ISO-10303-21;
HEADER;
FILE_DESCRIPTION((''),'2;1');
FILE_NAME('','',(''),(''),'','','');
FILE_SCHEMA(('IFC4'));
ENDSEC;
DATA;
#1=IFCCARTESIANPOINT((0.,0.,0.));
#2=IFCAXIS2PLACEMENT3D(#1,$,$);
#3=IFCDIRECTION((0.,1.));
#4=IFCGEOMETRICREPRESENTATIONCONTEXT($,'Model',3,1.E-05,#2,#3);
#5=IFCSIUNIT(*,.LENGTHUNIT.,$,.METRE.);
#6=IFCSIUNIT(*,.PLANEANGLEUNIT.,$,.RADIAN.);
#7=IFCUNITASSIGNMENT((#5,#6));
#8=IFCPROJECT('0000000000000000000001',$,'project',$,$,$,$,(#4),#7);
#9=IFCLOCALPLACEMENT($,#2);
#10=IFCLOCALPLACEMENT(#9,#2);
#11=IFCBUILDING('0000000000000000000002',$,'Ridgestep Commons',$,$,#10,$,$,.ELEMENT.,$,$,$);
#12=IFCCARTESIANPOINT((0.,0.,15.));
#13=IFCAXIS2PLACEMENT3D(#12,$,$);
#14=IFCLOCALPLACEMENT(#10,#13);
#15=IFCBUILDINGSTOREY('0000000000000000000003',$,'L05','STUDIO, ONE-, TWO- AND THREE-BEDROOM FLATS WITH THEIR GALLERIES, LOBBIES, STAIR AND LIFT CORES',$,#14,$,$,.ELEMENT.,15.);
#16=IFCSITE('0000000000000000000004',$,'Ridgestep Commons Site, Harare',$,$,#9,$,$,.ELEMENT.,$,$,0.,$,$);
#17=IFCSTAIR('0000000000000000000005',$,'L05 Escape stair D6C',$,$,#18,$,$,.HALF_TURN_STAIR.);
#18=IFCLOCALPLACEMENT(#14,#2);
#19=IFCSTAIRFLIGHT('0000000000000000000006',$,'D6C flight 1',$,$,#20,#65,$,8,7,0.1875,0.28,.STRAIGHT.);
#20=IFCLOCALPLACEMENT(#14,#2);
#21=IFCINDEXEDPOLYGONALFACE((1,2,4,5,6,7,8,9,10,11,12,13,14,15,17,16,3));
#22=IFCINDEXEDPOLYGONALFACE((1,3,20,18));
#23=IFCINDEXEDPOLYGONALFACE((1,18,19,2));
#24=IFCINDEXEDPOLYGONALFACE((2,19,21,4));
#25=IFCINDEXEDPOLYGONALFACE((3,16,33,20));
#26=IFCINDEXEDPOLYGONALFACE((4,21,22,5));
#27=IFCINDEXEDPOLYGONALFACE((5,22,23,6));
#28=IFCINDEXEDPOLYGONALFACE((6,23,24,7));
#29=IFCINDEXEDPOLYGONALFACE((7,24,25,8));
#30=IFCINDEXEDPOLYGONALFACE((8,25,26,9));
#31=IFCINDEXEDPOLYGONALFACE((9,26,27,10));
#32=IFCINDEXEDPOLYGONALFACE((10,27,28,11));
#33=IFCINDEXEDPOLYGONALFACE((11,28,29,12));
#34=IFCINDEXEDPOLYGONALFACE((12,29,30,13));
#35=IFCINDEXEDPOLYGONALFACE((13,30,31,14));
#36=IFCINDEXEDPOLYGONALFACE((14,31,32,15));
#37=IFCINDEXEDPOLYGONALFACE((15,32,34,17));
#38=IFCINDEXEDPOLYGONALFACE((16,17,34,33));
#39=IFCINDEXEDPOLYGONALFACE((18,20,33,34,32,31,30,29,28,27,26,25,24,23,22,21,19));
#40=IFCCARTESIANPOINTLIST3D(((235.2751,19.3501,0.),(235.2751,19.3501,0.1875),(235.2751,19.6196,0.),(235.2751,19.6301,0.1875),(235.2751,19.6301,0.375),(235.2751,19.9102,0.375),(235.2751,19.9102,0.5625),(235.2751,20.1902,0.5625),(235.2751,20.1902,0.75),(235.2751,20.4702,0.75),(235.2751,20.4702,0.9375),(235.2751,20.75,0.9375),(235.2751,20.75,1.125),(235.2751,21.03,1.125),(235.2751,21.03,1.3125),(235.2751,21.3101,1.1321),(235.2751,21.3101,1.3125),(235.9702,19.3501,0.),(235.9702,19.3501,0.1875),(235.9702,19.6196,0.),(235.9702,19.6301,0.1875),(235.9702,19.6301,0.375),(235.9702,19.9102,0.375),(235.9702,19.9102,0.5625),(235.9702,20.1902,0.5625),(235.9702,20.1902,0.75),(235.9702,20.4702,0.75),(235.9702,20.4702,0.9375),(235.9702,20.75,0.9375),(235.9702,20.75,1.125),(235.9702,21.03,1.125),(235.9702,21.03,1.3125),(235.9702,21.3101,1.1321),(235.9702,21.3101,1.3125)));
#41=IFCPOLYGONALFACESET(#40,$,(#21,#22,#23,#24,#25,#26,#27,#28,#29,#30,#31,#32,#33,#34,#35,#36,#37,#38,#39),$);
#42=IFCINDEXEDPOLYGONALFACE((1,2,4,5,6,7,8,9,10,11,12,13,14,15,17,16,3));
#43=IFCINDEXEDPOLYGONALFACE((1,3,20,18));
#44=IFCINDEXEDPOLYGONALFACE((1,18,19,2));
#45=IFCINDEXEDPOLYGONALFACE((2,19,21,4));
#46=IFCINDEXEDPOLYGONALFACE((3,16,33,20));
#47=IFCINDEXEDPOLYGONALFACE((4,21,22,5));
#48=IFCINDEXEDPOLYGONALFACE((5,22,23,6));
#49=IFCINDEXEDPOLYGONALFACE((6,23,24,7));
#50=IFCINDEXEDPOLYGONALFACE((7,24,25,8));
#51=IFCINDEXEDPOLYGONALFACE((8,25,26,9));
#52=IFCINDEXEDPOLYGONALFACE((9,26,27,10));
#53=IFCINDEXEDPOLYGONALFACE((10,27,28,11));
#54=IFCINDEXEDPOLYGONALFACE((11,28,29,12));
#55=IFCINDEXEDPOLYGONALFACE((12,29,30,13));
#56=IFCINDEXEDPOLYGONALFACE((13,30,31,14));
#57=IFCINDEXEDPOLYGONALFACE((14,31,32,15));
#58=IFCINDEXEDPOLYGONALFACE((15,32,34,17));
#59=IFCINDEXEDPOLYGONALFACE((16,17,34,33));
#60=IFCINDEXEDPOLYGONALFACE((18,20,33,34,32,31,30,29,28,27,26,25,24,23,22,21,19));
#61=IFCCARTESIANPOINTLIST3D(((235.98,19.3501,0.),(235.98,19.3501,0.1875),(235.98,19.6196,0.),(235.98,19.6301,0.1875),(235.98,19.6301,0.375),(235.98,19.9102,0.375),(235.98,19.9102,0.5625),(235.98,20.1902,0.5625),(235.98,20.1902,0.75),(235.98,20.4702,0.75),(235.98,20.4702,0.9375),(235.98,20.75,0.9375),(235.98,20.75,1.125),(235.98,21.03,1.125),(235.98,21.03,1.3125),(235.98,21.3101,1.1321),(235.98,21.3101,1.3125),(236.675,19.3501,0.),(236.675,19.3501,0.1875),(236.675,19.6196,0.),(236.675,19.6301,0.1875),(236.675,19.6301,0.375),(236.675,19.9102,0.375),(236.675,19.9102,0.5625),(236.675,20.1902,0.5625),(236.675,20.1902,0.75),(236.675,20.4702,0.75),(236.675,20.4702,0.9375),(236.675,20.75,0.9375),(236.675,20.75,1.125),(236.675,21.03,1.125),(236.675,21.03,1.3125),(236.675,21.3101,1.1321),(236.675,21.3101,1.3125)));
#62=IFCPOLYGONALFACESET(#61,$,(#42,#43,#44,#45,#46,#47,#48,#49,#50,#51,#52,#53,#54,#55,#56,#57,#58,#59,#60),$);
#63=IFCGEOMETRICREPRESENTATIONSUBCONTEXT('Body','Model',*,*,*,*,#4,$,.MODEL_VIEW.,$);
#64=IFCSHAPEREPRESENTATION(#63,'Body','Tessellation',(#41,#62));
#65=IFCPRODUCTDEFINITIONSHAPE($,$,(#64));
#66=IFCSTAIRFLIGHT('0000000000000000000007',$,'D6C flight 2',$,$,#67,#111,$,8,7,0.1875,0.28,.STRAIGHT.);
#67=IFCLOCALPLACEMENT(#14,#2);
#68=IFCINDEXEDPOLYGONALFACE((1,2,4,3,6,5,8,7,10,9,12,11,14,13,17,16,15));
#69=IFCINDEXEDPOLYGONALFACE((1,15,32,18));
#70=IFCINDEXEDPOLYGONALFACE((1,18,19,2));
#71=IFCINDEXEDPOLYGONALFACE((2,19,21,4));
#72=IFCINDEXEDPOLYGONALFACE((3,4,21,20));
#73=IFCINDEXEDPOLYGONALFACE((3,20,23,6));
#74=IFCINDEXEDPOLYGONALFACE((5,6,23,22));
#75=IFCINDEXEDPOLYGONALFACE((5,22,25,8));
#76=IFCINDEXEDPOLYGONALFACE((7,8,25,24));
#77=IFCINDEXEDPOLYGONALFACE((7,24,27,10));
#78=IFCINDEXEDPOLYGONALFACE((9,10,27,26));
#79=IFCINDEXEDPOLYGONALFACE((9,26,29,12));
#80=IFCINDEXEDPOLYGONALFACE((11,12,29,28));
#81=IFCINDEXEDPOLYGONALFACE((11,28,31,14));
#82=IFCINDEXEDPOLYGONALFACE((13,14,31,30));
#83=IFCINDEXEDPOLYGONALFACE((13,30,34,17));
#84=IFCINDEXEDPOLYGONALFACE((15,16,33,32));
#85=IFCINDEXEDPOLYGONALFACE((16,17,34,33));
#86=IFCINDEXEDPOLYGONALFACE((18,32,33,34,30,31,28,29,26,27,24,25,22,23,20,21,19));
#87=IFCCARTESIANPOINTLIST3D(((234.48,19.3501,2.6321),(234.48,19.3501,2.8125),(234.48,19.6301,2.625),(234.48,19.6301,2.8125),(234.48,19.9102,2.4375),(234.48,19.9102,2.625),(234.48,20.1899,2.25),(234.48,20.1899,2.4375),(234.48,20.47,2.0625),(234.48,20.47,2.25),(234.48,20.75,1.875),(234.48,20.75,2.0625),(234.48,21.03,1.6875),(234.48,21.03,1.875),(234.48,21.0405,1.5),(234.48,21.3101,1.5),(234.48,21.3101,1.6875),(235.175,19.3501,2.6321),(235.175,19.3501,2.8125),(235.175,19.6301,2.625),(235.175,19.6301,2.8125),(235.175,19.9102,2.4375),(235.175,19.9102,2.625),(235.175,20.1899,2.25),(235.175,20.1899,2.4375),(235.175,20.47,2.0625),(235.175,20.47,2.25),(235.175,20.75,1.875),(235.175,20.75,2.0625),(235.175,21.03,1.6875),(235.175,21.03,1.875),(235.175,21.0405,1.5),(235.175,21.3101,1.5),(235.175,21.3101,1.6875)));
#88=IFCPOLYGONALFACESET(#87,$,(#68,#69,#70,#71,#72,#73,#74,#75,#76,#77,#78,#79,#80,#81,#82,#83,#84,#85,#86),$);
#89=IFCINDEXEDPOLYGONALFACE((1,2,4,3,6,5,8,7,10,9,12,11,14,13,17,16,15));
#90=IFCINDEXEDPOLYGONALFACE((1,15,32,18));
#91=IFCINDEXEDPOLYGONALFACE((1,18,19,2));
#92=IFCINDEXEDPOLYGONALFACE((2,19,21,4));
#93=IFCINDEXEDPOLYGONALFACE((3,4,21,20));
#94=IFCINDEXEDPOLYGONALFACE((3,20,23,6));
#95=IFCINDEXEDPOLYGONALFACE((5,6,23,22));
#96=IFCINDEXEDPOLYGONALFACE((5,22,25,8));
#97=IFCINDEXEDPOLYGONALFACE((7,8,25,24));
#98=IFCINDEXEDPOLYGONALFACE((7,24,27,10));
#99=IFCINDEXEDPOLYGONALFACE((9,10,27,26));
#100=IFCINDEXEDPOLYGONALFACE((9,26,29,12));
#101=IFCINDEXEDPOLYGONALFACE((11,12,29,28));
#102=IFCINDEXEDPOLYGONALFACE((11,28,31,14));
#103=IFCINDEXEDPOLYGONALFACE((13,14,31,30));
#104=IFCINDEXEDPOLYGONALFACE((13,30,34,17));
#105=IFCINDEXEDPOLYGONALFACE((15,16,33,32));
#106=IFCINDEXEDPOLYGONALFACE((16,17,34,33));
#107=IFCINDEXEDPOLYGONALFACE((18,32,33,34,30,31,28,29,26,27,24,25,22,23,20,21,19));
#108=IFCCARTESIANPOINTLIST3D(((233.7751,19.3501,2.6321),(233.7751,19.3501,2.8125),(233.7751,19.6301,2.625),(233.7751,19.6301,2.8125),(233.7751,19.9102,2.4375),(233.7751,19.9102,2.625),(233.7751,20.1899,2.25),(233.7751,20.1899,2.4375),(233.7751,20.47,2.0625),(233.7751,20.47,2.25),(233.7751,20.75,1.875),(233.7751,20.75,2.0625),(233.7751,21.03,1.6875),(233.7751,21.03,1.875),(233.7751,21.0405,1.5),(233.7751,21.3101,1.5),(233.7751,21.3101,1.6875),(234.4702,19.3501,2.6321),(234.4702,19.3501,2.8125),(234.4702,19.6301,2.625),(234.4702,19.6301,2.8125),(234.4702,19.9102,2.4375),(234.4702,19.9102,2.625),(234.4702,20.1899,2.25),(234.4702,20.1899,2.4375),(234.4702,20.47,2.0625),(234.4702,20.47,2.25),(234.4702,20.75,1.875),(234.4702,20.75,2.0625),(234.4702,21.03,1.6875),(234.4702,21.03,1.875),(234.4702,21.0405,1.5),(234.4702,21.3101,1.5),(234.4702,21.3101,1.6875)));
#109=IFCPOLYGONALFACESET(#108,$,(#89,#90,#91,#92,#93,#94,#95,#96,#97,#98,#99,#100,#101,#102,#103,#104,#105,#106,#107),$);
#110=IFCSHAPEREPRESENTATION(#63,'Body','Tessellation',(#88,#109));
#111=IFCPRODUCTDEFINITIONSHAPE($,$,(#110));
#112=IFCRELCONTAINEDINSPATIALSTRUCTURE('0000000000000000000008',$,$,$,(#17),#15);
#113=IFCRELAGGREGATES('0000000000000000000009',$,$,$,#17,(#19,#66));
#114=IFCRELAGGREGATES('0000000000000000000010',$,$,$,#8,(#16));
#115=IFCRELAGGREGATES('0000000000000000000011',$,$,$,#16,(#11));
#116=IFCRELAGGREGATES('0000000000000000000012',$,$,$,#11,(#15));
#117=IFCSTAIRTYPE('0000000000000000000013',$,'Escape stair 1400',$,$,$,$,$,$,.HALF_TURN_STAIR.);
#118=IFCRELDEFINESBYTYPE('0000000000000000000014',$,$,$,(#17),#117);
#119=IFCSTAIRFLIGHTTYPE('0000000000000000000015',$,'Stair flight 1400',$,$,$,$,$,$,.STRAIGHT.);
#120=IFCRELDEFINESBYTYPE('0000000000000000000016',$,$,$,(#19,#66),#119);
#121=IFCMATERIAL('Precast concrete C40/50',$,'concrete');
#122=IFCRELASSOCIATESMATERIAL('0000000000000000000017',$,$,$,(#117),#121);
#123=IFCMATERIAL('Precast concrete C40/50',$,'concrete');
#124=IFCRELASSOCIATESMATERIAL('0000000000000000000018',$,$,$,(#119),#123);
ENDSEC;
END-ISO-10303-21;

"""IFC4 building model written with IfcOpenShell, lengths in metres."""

from ifc_helpers import new_model, si_unit, direction, frame, origin, place, context, subcontext, project, spatial, polyline, outline, extrude, material, type_object, element, aggregate, save


model = new_model("IFC4")

# Units and contexts
model_context = context("Model", 3, precision=1e-05, world=origin(), true_north=direction((0.0, 1.0)))
body_context = subcontext(model_context, "Body", "Model", "MODEL_VIEW")
ifc_project = project(units=[si_unit("LENGTHUNIT", "METRE"), si_unit("PLANEANGLEUNIT", "RADIAN")], contexts=[model_context])

# Site, building, storey
site_placement = place(None, origin())
site = spatial("IfcSite", under=ifc_project, at=site_placement, Name="Ridgestep Commons Site, Harare", CompositionType="ELEMENT", RefElevation=0.0)
building_placement = place(site_placement, origin())
building = spatial("IfcBuilding", under=site, at=building_placement, Name="Ridgestep Commons", CompositionType="ELEMENT")
storey_placement = place(building_placement, frame((0.0, 0.0, 15.0)))
storey = spatial("IfcBuildingStorey", under=building, at=storey_placement, Name="L05", Description="STUDIO, ONE-, TWO- AND THREE-BEDROOM FLATS WITH THEIR GALLERIES, LOBBIES, STAIR AND LIFT CORES", CompositionType="ELEMENT", Elevation=15.0)

# Stair, stair flights
ifc_material_1 = material(Name="Precast concrete C40/50", Category="concrete")
stair_type = type_object("IfcStairType", Name="Escape stair 1400", PredefinedType="HALF_TURN_STAIR", material=ifc_material_1)
stair_placement = place(storey_placement, origin())
stair = element("IfcStair", 1, at=stair_placement, inside=storey, type_object=stair_type, Name="L05 Escape stair D6C", PredefinedType="HALF_TURN_STAIR")
ifc_material_2 = material(Name="Precast concrete C40/50", Category="concrete")
stair_flight_type = type_object("IfcStairFlightType", Name="Stair flight 1400", PredefinedType="STRAIGHT", material=ifc_material_2)
stair_flight_1_placement = place(storey_placement, frame((235.9751, 19.3501, 0.0), z_axis=(0.0, 0.0, 1.0), x_axis=(0.0, 1.0, 0.0)))
stair_flight_1 = element("IfcStairFlight", 2, at=stair_flight_1_placement, type_object=stair_flight_type, Name="D6C flight 1", NumberOfRisers=8, NumberOfTreads=7, PredefinedType="STRAIGHT", RiserHeight=0.1875, TreadLength=0.28, context=body_context, shape_type="SweptSolid", body=[
    extrude(outline(polyline([(0.0, 0.0), (0.0, 0.1875), (0.28, 0.1875), (0.28, 0.375), (0.5601, 0.375), (0.5601, 0.5625), (0.8401, 0.5625), (0.8401, 0.75), (1.1201, 0.75), (1.1201, 0.9375), (1.3999, 0.9375), (1.3999, 1.125), (1.6799, 1.125), (1.6799, 1.3125), (1.96, 1.3125), (1.96, 1.5), (1.96, 1.1321), (0.2695, 0.0), (0.0, 0.0)])), frame((0.0, 0.7, 0.0), z_axis=(0.0, -1.0, 0.0), x_axis=(1.0, 0.0, 0.0)), (0.0, 0.0, 1.0), 0.6951),
    extrude(outline(polyline([(0.0, 0.0), (0.0, 0.1875), (0.28, 0.1875), (0.28, 0.375), (0.5601, 0.375), (0.5601, 0.5625), (0.8401, 0.5625), (0.8401, 0.75), (1.1201, 0.75), (1.1201, 0.9375), (1.3999, 0.9375), (1.3999, 1.125), (1.6799, 1.125), (1.6799, 1.3125), (1.96, 1.3125), (1.96, 1.5), (1.96, 1.1321), (0.2695, 0.0), (0.0, 0.0)])), frame((0.0, -0.0049, 0.0), z_axis=(0.0, -1.0, 0.0), x_axis=(1.0, 0.0, 0.0)), (0.0, 0.0, 1.0), 0.6951),
])
stair_flight_2_placement = place(storey_placement, frame((234.4751, 21.3101, 1.5), z_axis=(0.0, 0.0, 1.0), x_axis=(0.0, -1.0, 0.0)))
stair_flight_2 = element("IfcStairFlight", 3, at=stair_flight_2_placement, type_object=stair_flight_type, Name="D6C flight 2", NumberOfRisers=8, NumberOfTreads=7, PredefinedType="STRAIGHT", RiserHeight=0.1875, TreadLength=0.28, context=body_context, shape_type="SweptSolid", body=[
    extrude(outline(polyline([(0.0, 0.0), (0.0, 0.1875), (0.28, 0.1875), (0.28, 0.375), (0.5601, 0.375), (0.5601, 0.5625), (0.8401, 0.5625), (0.8401, 0.75), (1.1201, 0.75), (1.1201, 0.9375), (1.3999, 0.9375), (1.3999, 1.125), (1.6799, 1.125), (1.6799, 1.3125), (1.96, 1.3125), (1.96, 1.5), (1.96, 1.1321), (0.2695, 0.0), (0.0, 0.0)])), frame((0.0, 0.7, 0.0), z_axis=(0.0, -1.0, 0.0), x_axis=(1.0, 0.0, 0.0)), (0.0, 0.0, 1.0), 0.6951),
    extrude(outline(polyline([(0.0, 0.0), (0.0, 0.1875), (0.28, 0.1875), (0.28, 0.375), (0.5601, 0.375), (0.5601, 0.5625), (0.8401, 0.5625), (0.8401, 0.75), (1.1201, 0.75), (1.1201, 0.9375), (1.3999, 0.9375), (1.3999, 1.125), (1.6799, 1.125), (1.6799, 1.3125), (1.96, 1.3125), (1.96, 1.5), (1.96, 1.1321), (0.2695, 0.0), (0.0, 0.0)])), frame((0.0, -0.0049, 0.0), z_axis=(0.0, -1.0, 0.0), x_axis=(1.0, 0.0, 0.0)), (0.0, 0.0, 1.0), 0.6951),
])
aggregate(stair, [stair_flight_1, stair_flight_2])

save(model, "model.ifc")
